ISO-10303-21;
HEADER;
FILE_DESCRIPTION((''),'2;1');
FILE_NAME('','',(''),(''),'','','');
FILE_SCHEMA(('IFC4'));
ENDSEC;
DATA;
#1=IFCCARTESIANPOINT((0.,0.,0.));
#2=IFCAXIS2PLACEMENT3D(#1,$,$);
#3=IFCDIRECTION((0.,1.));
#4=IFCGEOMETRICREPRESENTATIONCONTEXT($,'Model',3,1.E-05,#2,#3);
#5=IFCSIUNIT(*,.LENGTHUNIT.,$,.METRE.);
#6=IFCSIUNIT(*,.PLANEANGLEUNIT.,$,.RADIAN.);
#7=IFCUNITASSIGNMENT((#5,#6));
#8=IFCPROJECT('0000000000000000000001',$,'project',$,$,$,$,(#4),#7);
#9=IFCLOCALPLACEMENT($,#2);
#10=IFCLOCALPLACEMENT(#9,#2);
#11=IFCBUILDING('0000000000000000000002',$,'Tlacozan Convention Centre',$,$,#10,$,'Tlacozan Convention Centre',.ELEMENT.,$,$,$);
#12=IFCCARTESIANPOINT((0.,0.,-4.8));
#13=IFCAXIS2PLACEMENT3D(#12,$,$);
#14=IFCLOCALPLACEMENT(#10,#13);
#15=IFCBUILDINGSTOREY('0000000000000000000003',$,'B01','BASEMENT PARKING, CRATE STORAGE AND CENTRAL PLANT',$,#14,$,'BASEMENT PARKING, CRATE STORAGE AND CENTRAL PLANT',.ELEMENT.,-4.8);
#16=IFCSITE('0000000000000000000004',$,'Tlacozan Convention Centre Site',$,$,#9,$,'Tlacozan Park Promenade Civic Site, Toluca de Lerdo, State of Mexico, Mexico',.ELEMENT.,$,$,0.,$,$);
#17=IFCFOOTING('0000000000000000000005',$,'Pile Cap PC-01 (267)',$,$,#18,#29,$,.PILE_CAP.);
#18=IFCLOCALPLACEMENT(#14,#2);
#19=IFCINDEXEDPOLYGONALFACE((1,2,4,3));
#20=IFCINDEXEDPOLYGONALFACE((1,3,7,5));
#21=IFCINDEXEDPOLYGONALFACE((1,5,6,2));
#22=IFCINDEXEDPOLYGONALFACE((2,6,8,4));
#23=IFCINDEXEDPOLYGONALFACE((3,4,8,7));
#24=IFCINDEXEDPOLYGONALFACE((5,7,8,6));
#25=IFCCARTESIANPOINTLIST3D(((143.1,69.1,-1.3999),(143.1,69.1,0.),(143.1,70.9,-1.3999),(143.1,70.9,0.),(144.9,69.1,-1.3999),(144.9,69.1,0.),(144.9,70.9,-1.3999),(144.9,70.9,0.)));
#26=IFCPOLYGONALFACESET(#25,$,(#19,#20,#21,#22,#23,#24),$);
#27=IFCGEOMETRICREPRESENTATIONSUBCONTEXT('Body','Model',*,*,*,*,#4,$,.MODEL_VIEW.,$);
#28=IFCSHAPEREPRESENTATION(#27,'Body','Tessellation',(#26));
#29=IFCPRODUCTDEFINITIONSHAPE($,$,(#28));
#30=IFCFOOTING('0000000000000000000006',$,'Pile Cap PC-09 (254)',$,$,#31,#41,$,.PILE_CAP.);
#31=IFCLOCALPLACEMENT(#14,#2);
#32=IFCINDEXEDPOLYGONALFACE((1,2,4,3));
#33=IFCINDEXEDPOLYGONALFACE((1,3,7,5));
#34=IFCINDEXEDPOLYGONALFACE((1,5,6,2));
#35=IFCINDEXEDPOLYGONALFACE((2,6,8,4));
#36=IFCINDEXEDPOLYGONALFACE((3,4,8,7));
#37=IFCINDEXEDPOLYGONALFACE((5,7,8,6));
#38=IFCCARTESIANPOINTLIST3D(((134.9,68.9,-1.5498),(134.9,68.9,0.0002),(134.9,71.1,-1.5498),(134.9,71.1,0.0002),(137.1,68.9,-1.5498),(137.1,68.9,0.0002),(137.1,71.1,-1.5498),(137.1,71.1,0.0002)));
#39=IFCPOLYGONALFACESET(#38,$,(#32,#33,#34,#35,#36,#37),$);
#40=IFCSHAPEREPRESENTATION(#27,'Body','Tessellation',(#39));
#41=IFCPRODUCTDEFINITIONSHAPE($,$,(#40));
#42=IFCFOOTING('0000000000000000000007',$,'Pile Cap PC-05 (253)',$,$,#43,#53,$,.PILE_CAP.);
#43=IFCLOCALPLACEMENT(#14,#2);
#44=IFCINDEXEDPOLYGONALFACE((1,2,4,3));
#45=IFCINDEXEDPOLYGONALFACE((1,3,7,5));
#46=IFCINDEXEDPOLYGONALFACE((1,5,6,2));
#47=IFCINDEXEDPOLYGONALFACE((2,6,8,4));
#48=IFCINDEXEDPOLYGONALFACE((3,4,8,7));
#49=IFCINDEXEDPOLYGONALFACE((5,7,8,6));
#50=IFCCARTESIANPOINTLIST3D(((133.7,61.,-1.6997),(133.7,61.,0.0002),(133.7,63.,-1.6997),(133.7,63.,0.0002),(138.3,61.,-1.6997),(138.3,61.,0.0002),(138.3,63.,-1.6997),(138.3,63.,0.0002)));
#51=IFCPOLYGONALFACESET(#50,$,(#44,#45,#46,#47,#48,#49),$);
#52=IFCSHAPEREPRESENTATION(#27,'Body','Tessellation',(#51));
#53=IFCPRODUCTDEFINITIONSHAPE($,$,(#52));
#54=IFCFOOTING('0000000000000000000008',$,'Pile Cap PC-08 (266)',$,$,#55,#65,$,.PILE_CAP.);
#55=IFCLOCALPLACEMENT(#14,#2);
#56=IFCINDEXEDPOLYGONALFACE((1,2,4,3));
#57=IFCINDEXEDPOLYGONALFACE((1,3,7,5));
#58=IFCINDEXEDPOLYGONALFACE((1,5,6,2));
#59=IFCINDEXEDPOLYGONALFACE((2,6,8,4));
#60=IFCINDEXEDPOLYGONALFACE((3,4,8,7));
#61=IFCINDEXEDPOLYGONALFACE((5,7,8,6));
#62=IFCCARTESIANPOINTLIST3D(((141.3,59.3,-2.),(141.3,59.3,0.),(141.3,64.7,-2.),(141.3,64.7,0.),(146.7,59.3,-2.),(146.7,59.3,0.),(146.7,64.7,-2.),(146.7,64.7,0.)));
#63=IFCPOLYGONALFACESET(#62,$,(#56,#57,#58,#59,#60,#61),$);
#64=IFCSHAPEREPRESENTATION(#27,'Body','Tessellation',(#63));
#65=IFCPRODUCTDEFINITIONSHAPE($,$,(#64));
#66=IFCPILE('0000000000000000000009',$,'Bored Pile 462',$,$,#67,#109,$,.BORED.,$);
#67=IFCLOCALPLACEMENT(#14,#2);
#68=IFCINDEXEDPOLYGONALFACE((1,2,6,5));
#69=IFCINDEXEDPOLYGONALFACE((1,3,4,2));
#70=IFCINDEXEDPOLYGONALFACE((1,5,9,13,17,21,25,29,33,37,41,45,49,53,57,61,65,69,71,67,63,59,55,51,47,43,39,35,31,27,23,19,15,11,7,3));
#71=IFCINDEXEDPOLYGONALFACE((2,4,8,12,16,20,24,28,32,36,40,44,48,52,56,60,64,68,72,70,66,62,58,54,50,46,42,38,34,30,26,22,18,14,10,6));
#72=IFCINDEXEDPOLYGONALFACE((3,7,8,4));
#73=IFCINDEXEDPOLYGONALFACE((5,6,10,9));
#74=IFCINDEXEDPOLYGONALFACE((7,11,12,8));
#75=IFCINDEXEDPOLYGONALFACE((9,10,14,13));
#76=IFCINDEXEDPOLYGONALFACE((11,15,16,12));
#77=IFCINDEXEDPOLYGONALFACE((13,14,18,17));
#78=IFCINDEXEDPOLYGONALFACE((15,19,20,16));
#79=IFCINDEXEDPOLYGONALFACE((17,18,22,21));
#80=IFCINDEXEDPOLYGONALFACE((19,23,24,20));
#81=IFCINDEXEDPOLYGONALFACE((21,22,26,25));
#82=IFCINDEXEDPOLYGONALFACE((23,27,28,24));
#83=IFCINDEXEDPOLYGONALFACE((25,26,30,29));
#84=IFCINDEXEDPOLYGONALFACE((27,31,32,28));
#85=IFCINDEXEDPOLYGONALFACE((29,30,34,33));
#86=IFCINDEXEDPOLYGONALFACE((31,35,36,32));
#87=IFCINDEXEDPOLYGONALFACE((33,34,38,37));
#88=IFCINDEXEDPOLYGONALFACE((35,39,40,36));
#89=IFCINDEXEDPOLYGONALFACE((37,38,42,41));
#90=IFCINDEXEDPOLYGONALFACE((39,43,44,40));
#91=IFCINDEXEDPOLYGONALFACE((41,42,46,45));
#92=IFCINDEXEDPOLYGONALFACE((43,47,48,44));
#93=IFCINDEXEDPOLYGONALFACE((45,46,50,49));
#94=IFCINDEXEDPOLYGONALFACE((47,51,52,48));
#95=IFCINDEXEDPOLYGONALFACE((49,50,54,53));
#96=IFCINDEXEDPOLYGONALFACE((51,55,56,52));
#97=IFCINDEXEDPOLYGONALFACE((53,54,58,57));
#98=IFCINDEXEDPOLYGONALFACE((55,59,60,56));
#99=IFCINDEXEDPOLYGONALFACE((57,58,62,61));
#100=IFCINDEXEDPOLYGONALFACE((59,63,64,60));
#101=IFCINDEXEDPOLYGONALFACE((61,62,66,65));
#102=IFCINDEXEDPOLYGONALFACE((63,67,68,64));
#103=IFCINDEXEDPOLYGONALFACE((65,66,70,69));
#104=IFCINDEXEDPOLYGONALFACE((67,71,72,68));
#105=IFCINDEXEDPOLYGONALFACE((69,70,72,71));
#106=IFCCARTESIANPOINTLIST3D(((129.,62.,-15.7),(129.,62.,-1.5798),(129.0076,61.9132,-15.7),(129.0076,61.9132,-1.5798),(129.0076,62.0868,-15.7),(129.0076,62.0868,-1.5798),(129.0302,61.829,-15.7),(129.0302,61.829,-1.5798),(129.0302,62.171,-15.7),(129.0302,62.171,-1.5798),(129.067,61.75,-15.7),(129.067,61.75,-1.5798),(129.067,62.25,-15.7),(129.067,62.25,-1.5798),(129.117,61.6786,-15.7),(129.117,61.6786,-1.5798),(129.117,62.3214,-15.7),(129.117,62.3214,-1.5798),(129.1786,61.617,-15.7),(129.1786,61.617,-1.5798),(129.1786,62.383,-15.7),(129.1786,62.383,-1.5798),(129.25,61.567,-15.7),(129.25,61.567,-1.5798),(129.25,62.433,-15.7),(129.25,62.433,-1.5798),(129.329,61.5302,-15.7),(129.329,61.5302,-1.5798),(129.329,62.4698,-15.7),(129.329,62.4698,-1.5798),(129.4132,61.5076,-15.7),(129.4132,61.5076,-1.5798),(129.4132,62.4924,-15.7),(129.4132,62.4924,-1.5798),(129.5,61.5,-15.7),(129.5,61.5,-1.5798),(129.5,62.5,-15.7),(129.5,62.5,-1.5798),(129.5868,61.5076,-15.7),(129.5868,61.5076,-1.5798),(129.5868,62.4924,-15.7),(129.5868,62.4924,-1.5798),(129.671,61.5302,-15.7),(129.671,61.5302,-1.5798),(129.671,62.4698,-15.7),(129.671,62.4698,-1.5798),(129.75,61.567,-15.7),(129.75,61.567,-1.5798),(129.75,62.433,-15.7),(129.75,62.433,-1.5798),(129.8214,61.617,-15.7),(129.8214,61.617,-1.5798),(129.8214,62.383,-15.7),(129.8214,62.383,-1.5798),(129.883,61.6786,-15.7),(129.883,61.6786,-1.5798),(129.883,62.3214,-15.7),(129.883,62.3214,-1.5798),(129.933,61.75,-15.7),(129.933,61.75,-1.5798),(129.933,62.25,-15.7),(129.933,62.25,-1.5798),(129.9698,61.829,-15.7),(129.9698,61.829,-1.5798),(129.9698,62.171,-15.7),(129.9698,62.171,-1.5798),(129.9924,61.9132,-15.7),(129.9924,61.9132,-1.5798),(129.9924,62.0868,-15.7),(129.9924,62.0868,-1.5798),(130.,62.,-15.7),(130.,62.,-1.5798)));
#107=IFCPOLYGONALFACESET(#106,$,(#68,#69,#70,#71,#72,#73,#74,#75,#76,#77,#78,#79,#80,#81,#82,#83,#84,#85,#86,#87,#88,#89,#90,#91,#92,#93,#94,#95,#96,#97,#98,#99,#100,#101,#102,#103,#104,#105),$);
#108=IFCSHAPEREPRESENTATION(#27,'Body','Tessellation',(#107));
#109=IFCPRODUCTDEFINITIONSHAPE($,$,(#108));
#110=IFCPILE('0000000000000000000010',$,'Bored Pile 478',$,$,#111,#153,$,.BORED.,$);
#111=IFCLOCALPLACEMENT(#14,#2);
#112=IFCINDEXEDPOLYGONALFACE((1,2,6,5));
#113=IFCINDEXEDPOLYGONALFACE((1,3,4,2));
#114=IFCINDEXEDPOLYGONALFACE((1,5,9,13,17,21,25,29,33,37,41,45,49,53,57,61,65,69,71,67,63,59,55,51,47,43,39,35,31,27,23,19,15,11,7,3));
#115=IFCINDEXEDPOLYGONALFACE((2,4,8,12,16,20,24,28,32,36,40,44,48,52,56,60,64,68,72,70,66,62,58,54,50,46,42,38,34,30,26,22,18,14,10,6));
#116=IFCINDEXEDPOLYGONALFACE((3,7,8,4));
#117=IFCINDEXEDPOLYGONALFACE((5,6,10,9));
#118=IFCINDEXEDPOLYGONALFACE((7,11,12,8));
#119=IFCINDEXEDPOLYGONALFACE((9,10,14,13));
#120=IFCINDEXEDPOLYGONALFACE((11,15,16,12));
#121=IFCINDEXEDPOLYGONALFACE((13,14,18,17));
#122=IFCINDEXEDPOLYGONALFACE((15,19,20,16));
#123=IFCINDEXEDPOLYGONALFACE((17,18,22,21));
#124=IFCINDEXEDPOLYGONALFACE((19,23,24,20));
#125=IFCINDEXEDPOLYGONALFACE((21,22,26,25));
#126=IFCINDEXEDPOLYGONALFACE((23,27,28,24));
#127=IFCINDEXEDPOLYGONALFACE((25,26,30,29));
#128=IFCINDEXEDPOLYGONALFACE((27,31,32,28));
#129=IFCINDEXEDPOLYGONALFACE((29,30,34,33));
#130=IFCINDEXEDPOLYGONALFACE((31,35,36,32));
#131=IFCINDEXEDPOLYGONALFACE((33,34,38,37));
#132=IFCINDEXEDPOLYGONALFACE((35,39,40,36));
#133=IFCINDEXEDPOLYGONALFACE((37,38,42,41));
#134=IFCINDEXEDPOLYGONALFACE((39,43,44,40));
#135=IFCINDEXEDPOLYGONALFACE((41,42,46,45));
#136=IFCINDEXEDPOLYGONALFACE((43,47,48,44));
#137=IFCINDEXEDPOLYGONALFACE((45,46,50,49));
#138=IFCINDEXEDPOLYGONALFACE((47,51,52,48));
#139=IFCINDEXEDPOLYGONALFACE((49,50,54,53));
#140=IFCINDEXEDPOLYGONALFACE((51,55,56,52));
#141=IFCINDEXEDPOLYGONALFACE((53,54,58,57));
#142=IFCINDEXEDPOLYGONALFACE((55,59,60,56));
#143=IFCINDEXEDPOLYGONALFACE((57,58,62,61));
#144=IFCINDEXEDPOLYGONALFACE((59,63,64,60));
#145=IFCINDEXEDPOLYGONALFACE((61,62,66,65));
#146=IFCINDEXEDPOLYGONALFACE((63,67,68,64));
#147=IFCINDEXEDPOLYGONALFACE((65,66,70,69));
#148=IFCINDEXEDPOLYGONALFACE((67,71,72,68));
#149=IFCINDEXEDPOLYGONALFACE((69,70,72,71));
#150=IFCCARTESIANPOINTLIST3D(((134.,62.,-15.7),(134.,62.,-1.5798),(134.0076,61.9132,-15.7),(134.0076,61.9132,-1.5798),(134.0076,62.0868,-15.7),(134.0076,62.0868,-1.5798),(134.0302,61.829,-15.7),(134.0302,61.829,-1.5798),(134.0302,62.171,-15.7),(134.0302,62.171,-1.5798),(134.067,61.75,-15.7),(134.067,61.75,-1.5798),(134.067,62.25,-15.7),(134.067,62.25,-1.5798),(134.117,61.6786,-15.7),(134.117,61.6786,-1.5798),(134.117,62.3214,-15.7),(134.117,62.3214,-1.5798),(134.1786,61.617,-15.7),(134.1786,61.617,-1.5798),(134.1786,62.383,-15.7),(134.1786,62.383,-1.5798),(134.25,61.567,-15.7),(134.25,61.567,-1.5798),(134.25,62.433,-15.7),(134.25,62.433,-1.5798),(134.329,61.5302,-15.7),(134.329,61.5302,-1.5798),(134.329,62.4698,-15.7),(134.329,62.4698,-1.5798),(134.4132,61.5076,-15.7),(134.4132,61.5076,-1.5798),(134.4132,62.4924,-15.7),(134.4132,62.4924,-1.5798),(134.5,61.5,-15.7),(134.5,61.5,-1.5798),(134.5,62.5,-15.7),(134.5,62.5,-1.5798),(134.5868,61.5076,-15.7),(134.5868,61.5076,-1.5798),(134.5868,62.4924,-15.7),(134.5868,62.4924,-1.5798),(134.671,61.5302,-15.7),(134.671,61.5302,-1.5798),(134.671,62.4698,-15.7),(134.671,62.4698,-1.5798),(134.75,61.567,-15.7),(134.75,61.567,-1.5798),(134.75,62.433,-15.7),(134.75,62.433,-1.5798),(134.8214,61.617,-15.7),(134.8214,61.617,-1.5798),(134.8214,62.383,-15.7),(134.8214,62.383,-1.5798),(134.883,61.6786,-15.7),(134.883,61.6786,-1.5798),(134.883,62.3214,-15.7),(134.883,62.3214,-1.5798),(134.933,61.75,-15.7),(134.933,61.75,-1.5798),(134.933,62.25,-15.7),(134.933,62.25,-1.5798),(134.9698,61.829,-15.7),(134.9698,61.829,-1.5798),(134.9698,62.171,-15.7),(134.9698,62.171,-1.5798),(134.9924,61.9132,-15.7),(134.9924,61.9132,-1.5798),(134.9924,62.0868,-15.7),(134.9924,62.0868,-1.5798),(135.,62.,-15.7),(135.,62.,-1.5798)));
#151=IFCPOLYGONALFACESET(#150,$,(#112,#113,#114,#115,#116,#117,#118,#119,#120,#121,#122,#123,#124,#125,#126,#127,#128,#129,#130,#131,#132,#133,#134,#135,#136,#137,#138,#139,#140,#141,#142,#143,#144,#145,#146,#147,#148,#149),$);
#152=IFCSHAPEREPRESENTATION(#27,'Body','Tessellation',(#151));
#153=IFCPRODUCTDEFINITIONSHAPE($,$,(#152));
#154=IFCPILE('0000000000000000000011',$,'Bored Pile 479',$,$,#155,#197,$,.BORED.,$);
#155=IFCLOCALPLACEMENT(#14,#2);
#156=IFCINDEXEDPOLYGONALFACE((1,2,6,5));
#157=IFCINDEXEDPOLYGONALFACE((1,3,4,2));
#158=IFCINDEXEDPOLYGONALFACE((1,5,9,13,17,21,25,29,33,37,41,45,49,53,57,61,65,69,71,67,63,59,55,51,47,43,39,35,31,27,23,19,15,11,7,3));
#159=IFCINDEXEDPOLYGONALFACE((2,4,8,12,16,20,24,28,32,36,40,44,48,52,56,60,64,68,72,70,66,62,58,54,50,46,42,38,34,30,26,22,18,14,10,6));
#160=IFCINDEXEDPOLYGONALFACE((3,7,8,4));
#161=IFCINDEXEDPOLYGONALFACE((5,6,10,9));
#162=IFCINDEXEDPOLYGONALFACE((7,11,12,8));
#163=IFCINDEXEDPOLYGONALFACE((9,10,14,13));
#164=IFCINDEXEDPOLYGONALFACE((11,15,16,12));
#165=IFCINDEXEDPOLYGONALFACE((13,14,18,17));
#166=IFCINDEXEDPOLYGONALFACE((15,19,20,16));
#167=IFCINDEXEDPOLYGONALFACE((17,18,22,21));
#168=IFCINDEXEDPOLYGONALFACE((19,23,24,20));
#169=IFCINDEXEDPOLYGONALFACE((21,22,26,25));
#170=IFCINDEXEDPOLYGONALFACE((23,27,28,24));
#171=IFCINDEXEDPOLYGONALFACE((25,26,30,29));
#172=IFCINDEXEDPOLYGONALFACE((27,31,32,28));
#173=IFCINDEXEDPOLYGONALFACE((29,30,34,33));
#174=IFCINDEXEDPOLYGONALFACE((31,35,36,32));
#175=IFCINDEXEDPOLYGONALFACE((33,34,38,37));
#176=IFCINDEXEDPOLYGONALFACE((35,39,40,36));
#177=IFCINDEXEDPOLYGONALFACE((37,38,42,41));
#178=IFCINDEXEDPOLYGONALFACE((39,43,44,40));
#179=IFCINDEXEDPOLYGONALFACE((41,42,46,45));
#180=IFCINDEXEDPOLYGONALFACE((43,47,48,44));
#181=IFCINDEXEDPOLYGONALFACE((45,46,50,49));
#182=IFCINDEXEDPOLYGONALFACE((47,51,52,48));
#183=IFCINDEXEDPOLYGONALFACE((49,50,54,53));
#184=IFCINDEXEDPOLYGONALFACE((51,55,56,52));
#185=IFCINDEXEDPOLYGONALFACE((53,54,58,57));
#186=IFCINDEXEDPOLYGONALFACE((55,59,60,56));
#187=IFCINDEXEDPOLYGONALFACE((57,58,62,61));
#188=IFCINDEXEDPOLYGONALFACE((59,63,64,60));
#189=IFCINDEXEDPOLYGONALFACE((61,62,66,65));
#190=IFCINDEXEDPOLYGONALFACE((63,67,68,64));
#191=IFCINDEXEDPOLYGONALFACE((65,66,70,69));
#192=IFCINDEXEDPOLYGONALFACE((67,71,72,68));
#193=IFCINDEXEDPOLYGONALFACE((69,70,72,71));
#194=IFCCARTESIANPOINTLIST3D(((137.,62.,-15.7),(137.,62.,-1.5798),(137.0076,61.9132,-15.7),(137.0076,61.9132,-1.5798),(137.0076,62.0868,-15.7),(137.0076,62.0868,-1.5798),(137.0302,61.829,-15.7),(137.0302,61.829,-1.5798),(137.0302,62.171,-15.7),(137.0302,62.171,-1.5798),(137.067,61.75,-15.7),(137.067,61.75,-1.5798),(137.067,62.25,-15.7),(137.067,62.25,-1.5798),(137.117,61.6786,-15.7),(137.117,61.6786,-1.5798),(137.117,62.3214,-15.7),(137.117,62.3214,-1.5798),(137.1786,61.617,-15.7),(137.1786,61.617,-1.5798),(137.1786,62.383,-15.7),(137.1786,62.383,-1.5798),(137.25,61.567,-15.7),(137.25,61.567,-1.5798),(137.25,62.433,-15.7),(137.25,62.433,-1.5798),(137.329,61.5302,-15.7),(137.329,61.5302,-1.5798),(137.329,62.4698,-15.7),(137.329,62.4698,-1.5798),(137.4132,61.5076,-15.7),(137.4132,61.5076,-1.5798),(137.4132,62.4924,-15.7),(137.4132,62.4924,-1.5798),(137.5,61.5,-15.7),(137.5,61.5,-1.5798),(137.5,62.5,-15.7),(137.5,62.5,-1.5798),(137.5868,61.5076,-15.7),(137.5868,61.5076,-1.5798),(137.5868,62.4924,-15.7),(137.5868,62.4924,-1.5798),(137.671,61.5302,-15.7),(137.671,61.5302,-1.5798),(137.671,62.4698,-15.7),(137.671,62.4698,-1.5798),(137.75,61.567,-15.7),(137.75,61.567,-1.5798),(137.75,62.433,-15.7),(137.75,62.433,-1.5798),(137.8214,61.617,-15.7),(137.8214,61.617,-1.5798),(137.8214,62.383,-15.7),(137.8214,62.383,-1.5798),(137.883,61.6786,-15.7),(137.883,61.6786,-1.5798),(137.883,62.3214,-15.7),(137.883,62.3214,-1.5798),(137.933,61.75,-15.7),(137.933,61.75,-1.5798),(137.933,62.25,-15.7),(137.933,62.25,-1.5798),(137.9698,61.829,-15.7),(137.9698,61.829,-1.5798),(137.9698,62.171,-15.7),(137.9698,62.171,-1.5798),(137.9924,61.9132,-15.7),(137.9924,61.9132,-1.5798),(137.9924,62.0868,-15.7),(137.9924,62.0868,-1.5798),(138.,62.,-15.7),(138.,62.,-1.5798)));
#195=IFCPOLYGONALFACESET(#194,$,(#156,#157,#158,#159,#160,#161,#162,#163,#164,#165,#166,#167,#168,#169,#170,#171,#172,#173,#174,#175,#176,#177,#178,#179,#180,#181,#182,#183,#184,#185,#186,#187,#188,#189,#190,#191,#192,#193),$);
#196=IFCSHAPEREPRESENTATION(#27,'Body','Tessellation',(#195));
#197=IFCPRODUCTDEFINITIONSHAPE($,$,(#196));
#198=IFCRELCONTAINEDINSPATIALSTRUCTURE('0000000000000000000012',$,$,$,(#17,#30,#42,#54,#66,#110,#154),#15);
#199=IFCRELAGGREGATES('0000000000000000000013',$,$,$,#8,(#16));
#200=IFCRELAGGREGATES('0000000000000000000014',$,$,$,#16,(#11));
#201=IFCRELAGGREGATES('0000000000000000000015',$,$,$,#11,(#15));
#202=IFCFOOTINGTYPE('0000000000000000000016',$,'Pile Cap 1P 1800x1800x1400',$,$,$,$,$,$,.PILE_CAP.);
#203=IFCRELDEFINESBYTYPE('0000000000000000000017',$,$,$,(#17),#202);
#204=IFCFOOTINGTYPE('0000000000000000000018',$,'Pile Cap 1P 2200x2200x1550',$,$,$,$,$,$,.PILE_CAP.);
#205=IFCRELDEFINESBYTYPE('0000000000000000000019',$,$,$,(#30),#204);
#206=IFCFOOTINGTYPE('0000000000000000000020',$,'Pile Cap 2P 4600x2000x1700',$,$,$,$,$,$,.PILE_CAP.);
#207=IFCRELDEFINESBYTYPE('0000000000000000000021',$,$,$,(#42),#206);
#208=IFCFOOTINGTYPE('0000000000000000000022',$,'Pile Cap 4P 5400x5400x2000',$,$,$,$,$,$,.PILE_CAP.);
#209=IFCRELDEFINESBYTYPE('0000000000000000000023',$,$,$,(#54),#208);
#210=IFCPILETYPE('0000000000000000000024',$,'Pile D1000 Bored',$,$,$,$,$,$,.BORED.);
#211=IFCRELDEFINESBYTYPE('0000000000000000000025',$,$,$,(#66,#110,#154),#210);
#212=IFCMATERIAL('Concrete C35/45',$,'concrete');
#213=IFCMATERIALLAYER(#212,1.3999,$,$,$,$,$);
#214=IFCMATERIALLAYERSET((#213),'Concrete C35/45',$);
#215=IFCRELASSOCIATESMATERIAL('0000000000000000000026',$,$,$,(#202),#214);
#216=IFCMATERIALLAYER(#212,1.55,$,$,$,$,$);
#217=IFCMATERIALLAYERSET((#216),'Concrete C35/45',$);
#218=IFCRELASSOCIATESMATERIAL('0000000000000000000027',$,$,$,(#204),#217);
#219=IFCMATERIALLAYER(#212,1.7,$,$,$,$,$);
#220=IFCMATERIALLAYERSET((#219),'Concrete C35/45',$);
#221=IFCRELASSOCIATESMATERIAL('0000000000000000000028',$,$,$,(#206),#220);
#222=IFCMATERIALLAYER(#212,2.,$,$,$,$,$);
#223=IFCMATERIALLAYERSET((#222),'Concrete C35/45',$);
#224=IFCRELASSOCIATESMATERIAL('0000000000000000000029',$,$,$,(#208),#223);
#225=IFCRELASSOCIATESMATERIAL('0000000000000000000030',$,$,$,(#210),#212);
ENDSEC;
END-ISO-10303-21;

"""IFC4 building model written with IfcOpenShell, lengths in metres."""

from ifc_helpers import new_model, si_unit, direction, frame, origin, origin_2d, place, context, subcontext, project, spatial, rectangle, circle, extrude, material, layer, layer_set, material_profile, profile_set, type_object, element, save


model = new_model("IFC4")

# Units and contexts
model_context = context("Model", 3, precision=1e-05, world=origin(), true_north=direction((0.0, 1.0)))
body_context = subcontext(model_context, "Body", "Model", "MODEL_VIEW")
ifc_project = project(units=[si_unit("LENGTHUNIT", "METRE"), si_unit("PLANEANGLEUNIT", "RADIAN")], contexts=[model_context])

# Site, building, storey
site_placement = place(None, origin())
site = spatial("IfcSite", under=ifc_project, at=site_placement, Name="Tlacozan Convention Centre Site", LongName="Tlacozan Park Promenade Civic Site, Toluca de Lerdo, State of Mexico, Mexico", CompositionType="ELEMENT", RefElevation=0.0)
building_placement = place(site_placement, origin())
building = spatial("IfcBuilding", under=site, at=building_placement, Name="Tlacozan Convention Centre", LongName="Tlacozan Convention Centre", CompositionType="ELEMENT")
storey_placement = place(building_placement, frame((0.0, 0.0, -4.8)))
storey = spatial("IfcBuildingStorey", under=building, at=storey_placement, Name="B01", Description="BASEMENT PARKING, CRATE STORAGE AND CENTRAL PLANT", LongName="BASEMENT PARKING, CRATE STORAGE AND CENTRAL PLANT", CompositionType="ELEMENT", Elevation=-4.8)

# Footings
ifc_material_1 = material(Name="Concrete C35/45", Category="concrete")
ifc_layer_1 = layer(ifc_material_1, 1.3999)
ifc_layer_set_1 = layer_set([ifc_layer_1], Name="Concrete C35/45")
footing_type_1 = type_object("IfcFootingType", Name="Pile Cap 1P 1800x1800x1400", PredefinedType="PILE_CAP", material=ifc_layer_set_1)
footing_1_placement = place(storey_placement, frame((144.0, 70.0, -1.3999), z_axis=(0.0, 0.0, 1.0), x_axis=(1.0, 0.0, 0.0)))
element("IfcFooting", 1, at=footing_1_placement, inside=storey, type_object=footing_type_1, Name="Pile Cap PC-01 (267)", PredefinedType="PILE_CAP", context=body_context, shape_type="SweptSolid", body=[
    extrude(rectangle(XDim=1.8, YDim=1.8, at=origin_2d()), origin(), (0.0, 0.0, 1.0), 1.3999),
])
ifc_layer_2 = layer(ifc_material_1, 1.55)
ifc_layer_set_2 = layer_set([ifc_layer_2], Name="Concrete C35/45")
footing_type_2 = type_object("IfcFootingType", Name="Pile Cap 1P 2200x2200x1550", PredefinedType="PILE_CAP", material=ifc_layer_set_2)
footing_2_placement = place(storey_placement, frame((136.0, 70.0, -1.5498), z_axis=(0.0, 0.0, 1.0), x_axis=(1.0, 0.0, 0.0)))
element("IfcFooting", 2, at=footing_2_placement, inside=storey, type_object=footing_type_2, Name="Pile Cap PC-09 (254)", PredefinedType="PILE_CAP", context=body_context, shape_type="SweptSolid", body=[
    extrude(rectangle(XDim=2.2, YDim=2.2, at=origin_2d()), origin(), (0.0, 0.0, 1.0), 1.55),
])
ifc_layer_3 = layer(ifc_material_1, 1.7)
ifc_layer_set_3 = layer_set([ifc_layer_3], Name="Concrete C35/45")
footing_type_3 = type_object("IfcFootingType", Name="Pile Cap 2P 4600x2000x1700", PredefinedType="PILE_CAP", material=ifc_layer_set_3)
footing_3_placement = place(storey_placement, frame((136.0, 62.0, -1.6997), z_axis=(0.0, 0.0, 1.0), x_axis=(1.0, 0.0, 0.0)))
element("IfcFooting", 3, at=footing_3_placement, inside=storey, type_object=footing_type_3, Name="Pile Cap PC-05 (253)", PredefinedType="PILE_CAP", context=body_context, shape_type="SweptSolid", body=[
    extrude(rectangle(XDim=4.6001, YDim=2.0, at=origin_2d()), origin(), (0.0, 0.0, 1.0), 1.7),
])
ifc_layer_4 = layer(ifc_material_1, 2.0)
ifc_layer_set_4 = layer_set([ifc_layer_4], Name="Concrete C35/45")
footing_type_4 = type_object("IfcFootingType", Name="Pile Cap 4P 5400x5400x2000", PredefinedType="PILE_CAP", material=ifc_layer_set_4)
footing_4_placement = place(storey_placement, frame((144.0, 62.0, -2.0), z_axis=(0.0, 0.0, 1.0), x_axis=(1.0, 0.0, 0.0)))
element("IfcFooting", 4, at=footing_4_placement, inside=storey, type_object=footing_type_4, Name="Pile Cap PC-08 (266)", PredefinedType="PILE_CAP", context=body_context, shape_type="SweptSolid", body=[
    extrude(rectangle(XDim=5.3999, YDim=5.3999, at=origin_2d()), origin(), (0.0, 0.0, 1.0), 2.0),
])

# Piles
ifc_material_profile_1 = material_profile(ifc_material_1, circle(Radius=0.5, at=origin_2d()), Name="PILE D1000")
ifc_profile_set_1 = profile_set([ifc_material_profile_1], Name="Concrete C35/45")
pile_type_1 = type_object("IfcPileType", Name="Pile D1000 Bored", PredefinedType="BORED", material=ifc_profile_set_1)
for number, where, z_axis, x_axis, name in (
    (5, (129.5, 62.0, -1.5798), (0.0, 0.0, -1.0), (1.0, 0.0, 0.0), "Bored Pile 462"),
    (6, (134.5, 62.0, -1.5798), (0.0, 0.0, -1.0), (1.0, 0.0, 0.0), "Bored Pile 478"),
    (7, (137.5, 62.0, -1.5798), (0.0, 0.0, -1.0), (1.0, 0.0, 0.0), "Bored Pile 479"),
):
    element("IfcPile", number, at=place(storey_placement, frame(where, z_axis=z_axis, x_axis=x_axis)), inside=storey, type_object=pile_type_1, Name=name, PredefinedType="BORED", context=body_context, shape_type="SweptSolid", body=[
        extrude(circle(Radius=0.5, at=origin_2d()), origin(), (0.0, 0.0, 1.0), 14.1201),
    ])

save(model, "model.ifc")
